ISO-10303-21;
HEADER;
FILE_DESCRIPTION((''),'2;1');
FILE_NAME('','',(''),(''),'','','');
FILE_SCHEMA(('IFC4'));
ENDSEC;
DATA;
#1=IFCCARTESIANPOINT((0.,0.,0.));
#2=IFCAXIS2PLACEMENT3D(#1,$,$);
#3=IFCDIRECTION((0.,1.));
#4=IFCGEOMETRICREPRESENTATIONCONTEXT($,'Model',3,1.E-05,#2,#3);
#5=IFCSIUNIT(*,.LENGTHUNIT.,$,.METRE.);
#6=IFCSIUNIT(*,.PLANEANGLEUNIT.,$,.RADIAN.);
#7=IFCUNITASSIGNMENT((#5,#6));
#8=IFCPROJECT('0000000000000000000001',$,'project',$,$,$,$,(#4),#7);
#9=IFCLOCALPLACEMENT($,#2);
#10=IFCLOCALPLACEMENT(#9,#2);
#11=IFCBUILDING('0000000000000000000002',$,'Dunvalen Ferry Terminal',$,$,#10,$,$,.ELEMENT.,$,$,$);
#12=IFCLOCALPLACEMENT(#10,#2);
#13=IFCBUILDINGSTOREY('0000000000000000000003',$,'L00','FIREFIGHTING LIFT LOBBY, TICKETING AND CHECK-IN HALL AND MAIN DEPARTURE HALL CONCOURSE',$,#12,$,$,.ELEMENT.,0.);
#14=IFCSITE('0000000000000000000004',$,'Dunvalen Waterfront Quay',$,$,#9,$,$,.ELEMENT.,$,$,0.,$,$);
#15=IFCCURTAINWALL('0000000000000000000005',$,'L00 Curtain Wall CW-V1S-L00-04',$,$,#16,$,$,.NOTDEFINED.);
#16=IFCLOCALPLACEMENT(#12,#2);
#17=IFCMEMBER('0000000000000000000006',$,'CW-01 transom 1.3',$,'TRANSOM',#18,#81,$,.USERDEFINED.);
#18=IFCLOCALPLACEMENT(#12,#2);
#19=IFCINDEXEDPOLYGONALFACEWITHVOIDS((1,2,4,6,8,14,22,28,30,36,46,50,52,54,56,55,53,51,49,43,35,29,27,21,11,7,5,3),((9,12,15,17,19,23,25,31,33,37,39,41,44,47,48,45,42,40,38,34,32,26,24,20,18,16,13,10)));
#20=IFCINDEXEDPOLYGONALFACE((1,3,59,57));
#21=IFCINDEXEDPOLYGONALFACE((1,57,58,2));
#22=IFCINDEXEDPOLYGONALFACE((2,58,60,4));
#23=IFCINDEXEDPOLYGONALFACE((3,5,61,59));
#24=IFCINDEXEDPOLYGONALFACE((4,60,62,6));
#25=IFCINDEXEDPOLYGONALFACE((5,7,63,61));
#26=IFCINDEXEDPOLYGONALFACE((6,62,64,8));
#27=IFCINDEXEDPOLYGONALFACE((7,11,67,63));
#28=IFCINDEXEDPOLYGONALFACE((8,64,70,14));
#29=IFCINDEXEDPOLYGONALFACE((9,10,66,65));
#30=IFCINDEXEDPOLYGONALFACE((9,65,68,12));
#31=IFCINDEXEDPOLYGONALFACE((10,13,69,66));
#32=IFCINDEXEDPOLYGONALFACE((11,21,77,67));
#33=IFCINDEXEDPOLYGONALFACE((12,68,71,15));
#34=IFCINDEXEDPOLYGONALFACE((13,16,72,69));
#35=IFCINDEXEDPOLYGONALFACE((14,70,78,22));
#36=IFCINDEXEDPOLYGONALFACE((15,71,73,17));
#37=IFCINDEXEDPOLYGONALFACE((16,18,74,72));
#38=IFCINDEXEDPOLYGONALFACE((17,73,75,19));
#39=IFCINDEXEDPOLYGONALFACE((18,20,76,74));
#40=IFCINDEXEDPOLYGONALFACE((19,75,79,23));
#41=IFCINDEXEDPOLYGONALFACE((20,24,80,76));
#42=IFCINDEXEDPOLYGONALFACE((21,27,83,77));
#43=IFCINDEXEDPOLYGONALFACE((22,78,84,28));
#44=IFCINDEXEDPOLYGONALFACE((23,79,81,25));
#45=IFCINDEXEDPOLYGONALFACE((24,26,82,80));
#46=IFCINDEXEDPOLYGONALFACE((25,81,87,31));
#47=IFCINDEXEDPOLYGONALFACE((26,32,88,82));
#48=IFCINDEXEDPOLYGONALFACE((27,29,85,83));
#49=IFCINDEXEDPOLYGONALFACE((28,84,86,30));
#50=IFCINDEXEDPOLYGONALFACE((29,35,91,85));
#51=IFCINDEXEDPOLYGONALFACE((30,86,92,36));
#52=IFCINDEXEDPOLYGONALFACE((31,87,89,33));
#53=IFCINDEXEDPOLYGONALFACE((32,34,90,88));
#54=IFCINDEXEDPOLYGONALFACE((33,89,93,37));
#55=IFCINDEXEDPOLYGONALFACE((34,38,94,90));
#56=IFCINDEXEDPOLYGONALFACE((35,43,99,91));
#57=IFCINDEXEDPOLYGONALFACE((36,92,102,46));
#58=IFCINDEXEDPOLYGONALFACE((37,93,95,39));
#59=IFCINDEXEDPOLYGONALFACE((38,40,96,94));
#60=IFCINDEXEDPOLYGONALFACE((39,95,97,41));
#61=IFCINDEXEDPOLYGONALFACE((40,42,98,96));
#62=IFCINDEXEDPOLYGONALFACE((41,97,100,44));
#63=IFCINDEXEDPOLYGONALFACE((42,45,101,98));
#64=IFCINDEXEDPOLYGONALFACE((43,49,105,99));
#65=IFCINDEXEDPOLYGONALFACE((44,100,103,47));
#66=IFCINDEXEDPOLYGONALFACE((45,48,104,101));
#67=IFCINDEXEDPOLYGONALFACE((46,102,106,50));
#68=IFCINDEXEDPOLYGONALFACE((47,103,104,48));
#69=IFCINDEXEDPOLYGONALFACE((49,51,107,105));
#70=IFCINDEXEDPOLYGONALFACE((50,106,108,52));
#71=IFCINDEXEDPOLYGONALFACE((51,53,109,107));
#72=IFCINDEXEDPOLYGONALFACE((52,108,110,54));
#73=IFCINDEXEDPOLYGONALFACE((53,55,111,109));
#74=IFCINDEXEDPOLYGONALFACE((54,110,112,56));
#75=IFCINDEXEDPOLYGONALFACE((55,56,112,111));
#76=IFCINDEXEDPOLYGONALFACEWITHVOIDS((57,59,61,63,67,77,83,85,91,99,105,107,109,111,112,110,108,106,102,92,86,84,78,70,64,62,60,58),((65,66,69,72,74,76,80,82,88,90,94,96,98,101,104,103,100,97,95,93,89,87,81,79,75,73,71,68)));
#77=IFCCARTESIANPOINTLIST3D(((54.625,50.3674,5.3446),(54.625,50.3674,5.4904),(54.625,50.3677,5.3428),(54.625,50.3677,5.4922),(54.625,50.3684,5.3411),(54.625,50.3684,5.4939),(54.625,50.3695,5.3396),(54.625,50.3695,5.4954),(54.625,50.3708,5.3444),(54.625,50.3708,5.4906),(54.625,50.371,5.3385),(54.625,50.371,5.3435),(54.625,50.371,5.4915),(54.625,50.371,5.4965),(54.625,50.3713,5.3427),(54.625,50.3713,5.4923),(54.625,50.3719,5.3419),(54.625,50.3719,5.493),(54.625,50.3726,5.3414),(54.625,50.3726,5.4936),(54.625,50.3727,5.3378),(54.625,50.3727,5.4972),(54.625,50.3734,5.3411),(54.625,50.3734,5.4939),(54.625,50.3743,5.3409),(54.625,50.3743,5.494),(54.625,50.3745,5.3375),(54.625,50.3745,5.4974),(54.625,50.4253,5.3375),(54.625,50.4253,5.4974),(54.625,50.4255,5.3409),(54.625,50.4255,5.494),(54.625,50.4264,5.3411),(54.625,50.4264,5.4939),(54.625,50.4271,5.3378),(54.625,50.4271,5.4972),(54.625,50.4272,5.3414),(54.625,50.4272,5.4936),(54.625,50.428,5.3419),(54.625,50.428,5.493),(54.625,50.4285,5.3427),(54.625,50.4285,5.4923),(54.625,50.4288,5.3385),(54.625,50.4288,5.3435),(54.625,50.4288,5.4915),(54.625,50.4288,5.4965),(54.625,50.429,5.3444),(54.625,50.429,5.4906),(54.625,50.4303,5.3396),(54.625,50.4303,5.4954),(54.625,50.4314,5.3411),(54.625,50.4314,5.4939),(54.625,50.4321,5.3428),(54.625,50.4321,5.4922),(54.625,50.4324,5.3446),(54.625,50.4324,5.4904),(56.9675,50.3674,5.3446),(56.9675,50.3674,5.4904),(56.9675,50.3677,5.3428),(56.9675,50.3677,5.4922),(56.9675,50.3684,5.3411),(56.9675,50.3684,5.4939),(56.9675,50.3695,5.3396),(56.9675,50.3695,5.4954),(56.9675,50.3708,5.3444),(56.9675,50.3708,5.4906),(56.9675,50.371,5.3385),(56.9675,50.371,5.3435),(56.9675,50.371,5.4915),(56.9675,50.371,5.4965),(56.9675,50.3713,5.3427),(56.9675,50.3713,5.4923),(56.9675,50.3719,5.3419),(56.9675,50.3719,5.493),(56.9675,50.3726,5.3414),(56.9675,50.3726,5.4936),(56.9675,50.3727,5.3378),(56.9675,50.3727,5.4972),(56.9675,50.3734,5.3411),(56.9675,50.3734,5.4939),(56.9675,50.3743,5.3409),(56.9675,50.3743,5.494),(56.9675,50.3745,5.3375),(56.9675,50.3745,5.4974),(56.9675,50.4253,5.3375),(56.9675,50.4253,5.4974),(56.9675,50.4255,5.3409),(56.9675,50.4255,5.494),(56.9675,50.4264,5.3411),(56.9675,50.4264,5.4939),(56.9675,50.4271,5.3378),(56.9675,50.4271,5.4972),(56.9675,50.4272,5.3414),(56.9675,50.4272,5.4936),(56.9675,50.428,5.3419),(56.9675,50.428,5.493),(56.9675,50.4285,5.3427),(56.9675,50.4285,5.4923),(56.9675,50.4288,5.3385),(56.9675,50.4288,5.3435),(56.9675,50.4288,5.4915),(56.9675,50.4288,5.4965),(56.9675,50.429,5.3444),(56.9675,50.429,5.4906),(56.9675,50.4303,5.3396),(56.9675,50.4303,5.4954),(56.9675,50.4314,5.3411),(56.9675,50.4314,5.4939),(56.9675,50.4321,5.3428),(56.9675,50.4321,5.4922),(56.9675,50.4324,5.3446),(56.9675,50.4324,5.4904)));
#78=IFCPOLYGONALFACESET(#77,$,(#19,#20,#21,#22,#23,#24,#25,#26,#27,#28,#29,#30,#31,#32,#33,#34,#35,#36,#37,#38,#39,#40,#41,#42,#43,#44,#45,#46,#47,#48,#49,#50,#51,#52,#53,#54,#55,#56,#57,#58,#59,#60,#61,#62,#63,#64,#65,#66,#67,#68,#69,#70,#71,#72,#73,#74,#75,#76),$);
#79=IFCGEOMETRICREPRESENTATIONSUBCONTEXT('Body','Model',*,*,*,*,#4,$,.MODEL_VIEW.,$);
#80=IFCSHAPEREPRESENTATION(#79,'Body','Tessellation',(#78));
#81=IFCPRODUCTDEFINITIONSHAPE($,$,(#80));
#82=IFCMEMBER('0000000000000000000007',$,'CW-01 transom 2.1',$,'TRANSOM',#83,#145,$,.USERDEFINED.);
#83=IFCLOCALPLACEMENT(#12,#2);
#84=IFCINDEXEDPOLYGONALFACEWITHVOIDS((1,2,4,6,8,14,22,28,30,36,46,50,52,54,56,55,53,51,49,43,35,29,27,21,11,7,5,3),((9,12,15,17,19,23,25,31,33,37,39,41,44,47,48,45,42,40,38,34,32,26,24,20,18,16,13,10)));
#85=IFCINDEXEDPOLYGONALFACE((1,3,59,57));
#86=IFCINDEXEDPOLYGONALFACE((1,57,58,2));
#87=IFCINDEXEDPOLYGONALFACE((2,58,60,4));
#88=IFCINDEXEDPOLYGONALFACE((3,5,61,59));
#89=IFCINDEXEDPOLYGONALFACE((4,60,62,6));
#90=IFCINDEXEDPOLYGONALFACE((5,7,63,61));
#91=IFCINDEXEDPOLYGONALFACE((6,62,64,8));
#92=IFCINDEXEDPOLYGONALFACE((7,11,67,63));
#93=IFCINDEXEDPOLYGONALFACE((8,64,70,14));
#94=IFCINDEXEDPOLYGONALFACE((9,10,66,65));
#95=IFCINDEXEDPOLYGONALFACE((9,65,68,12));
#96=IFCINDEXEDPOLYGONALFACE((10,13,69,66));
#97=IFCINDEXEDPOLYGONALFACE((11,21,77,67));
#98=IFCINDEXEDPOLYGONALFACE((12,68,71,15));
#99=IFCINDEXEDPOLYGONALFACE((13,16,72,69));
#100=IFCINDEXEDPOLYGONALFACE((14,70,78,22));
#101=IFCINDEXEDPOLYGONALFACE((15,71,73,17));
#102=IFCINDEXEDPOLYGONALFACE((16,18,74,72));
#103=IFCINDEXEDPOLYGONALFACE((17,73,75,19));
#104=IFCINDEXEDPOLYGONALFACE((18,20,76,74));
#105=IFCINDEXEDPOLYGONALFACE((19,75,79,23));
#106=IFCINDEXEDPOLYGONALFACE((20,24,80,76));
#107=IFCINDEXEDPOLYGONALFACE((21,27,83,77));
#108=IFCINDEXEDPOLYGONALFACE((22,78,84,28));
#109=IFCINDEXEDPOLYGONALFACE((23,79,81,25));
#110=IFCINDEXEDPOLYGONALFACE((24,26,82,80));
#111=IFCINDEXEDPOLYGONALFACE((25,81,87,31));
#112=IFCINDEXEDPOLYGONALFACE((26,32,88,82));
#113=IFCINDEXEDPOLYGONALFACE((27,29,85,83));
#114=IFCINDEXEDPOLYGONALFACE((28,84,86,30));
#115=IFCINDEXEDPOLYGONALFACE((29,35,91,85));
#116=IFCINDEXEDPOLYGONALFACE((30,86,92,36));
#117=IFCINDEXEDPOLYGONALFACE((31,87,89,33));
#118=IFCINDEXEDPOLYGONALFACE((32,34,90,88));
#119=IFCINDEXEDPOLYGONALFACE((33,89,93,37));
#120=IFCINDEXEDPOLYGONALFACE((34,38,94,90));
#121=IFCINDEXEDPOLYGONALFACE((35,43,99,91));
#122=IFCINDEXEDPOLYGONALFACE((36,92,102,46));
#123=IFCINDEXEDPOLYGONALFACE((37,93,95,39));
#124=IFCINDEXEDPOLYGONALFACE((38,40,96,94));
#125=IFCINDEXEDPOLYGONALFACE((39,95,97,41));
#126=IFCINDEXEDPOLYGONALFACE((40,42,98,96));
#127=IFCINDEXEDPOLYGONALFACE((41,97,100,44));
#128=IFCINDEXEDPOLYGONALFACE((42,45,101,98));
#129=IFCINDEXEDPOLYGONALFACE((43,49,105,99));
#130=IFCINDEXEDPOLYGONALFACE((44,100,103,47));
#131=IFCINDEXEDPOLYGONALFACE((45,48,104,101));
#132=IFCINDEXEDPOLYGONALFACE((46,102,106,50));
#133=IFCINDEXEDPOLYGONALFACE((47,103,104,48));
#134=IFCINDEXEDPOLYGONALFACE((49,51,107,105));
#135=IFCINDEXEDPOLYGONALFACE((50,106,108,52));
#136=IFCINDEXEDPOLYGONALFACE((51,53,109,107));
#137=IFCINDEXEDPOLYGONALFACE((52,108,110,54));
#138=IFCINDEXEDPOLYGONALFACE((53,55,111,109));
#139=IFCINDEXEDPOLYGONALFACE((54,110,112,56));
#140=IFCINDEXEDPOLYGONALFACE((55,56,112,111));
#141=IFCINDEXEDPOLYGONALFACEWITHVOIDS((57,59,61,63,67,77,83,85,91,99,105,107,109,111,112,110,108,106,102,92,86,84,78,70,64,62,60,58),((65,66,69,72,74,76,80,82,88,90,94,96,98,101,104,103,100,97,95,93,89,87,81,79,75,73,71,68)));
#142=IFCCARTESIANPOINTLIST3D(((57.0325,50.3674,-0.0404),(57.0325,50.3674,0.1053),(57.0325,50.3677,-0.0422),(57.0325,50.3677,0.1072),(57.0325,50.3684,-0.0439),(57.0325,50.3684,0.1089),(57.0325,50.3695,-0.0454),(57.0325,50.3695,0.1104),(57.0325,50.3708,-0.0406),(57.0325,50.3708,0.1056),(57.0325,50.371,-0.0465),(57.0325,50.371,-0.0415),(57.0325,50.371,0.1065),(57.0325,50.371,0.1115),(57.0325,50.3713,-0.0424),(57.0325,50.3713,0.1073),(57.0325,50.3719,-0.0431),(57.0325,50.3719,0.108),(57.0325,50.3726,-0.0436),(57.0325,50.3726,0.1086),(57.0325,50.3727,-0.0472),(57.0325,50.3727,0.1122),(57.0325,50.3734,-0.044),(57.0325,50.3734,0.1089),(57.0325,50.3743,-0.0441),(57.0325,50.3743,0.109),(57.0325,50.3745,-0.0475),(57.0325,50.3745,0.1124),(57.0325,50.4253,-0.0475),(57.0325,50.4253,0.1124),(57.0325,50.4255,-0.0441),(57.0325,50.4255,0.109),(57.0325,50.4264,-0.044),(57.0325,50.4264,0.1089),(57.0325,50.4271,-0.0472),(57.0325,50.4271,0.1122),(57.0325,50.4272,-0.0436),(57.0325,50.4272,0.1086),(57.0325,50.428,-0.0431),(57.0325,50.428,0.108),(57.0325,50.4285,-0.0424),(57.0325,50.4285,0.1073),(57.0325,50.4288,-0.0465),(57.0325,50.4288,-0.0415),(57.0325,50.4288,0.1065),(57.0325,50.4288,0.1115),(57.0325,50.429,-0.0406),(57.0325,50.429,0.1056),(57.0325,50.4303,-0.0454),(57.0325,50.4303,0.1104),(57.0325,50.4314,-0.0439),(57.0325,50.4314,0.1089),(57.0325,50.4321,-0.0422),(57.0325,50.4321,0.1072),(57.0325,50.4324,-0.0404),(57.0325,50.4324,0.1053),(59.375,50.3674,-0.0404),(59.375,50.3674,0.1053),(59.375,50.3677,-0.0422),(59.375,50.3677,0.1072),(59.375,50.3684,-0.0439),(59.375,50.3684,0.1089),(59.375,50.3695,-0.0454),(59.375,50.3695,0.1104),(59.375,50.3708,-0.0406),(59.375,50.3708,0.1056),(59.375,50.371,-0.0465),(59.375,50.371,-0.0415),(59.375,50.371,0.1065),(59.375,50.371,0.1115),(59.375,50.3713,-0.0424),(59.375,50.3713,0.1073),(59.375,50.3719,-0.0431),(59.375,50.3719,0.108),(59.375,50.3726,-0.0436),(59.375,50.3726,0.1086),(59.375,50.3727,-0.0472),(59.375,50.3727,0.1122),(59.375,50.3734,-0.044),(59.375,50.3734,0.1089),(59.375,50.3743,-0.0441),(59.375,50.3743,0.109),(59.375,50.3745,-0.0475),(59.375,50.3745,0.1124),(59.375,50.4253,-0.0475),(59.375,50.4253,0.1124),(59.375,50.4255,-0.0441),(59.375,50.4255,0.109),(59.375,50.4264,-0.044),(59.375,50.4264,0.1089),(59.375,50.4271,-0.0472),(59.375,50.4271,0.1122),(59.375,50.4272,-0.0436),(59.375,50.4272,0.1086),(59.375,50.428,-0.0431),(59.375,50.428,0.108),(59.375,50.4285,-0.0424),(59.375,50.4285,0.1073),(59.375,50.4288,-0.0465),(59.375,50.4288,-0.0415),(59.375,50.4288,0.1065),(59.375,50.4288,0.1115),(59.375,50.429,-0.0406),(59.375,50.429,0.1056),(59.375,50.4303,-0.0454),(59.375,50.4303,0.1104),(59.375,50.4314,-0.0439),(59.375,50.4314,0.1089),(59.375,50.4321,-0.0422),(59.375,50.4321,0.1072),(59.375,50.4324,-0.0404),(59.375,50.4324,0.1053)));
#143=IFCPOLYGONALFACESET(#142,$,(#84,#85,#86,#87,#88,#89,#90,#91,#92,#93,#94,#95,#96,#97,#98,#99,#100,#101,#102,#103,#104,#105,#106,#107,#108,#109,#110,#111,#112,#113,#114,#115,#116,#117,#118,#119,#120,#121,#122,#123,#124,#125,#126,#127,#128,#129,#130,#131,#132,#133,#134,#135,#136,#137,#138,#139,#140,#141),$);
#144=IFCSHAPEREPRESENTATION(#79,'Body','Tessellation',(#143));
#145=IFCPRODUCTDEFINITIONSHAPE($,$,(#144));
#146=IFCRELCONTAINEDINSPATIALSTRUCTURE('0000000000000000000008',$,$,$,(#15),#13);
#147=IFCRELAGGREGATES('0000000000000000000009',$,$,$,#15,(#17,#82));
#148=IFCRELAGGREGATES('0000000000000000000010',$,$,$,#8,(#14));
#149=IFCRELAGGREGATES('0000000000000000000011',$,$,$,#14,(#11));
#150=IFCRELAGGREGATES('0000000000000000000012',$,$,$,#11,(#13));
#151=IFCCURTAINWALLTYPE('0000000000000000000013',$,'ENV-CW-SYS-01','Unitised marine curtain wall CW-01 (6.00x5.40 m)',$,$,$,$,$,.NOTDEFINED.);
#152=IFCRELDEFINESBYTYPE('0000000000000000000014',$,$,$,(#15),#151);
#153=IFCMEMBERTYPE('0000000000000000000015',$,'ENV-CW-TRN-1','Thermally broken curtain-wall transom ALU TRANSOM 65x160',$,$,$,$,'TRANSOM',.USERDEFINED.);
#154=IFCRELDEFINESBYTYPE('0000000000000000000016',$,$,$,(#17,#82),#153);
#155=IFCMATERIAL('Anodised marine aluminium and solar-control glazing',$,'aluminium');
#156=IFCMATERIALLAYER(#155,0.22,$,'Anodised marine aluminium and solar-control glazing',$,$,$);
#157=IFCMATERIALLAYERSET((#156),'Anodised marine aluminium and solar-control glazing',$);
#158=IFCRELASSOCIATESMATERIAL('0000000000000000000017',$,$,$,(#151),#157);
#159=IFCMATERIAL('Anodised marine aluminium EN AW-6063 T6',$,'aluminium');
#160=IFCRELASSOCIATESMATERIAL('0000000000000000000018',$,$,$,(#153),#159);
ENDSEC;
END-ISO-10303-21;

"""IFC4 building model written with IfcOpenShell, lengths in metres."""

from ifc_helpers import new_model, si_unit, direction, frame, origin, origin_2d, place, context, subcontext, project, spatial, hollow_rectangle, extrude, material, layer, layer_set, material_profile, profile_set, type_object, element, aggregate, save


model = new_model("IFC4")

# Units and contexts
model_context = context("Model", 3, precision=1e-05, world=origin(), true_north=direction((0.0, 1.0)))
body_context = subcontext(model_context, "Body", "Model", "MODEL_VIEW")
ifc_project = project(units=[si_unit("LENGTHUNIT", "METRE"), si_unit("PLANEANGLEUNIT", "RADIAN")], contexts=[model_context])

# Site, building, storey
site_placement = place(None, origin())
site = spatial("IfcSite", under=ifc_project, at=site_placement, Name="Dunvalen Waterfront Quay", CompositionType="ELEMENT", RefElevation=0.0)
building_placement = place(site_placement, origin())
building = spatial("IfcBuilding", under=site, at=building_placement, Name="Dunvalen Ferry Terminal", CompositionType="ELEMENT")
storey_placement = place(building_placement, origin())
storey = spatial("IfcBuildingStorey", under=building, at=storey_placement, Name="L00", Description="FIREFIGHTING LIFT LOBBY, TICKETING AND CHECK-IN HALL AND MAIN DEPARTURE HALL CONCOURSE", CompositionType="ELEMENT", Elevation=0.0)

# Curtain wall, members
ifc_material_1 = material(Name="Anodised marine aluminium and solar-control glazing", Category="aluminium")
ifc_layer_1 = layer(ifc_material_1, 0.22, Name="Anodised marine aluminium and solar-control glazing")
ifc_layer_set_1 = layer_set([ifc_layer_1], Name="Anodised marine aluminium and solar-control glazing")
curtain_wall_type = type_object("IfcCurtainWallType", Name="ENV-CW-SYS-01", Description="Unitised marine curtain wall CW-01 (6.00x5.40 m)", PredefinedType="NOTDEFINED", material=ifc_layer_set_1)
curtain_wall_placement = place(storey_placement, origin())
curtain_wall = element("IfcCurtainWall", 1, at=curtain_wall_placement, inside=storey, type_object=curtain_wall_type, Name="L00 Curtain Wall CW-V1S-L00-04", PredefinedType="NOTDEFINED")
ifc_material_2 = material(Name="Anodised marine aluminium EN AW-6063 T6", Category="aluminium")
ifc_material_profile_1 = material_profile(ifc_material_2, hollow_rectangle(XDim=0.0649, YDim=0.1599, WallThickness=0.0034, InnerFilletRadius=0.0034, OuterFilletRadius=0.0071, at=origin_2d()), Name="Anodised marine aluminium EN AW-6063 T6")
ifc_profile_set_1 = profile_set([ifc_material_profile_1], Name="Anodised marine aluminium EN AW-6063 T6")
member_type_1 = type_object("IfcMemberType", Name="ENV-CW-TRN-1", Description="Thermally broken curtain-wall transom ALU TRANSOM 65x160", ElementType="TRANSOM", PredefinedType="USERDEFINED", material=ifc_profile_set_1)
member_1_placement = place(storey_placement, frame((54.625, 50.3999, 5.4175), z_axis=(1.0, 0.0, 0.0), x_axis=(0.0, 1.0, 0.0)))
member_1 = element("IfcMember", 2, at=member_1_placement, type_object=member_type_1, Name="CW-01 transom 1.3", ObjectType="TRANSOM", PredefinedType="USERDEFINED", context=body_context, shape_type="SweptSolid", body=[
    extrude(hollow_rectangle(XDim=0.0649, YDim=0.1599, WallThickness=0.0034, InnerFilletRadius=0.0034, OuterFilletRadius=0.0071, at=origin_2d()), origin(), (0.0, 0.0, 1.0), 2.3425),
])
member_2_placement = place(storey_placement, frame((57.0325, 50.3999, 0.0325), z_axis=(1.0, 0.0, 0.0), x_axis=(0.0, 1.0, 0.0)))
member_2 = element("IfcMember", 3, at=member_2_placement, type_object=member_type_1, Name="CW-01 transom 2.1", ObjectType="TRANSOM", PredefinedType="USERDEFINED", context=body_context, shape_type="SweptSolid", body=[
    extrude(hollow_rectangle(XDim=0.0649, YDim=0.1599, WallThickness=0.0034, InnerFilletRadius=0.0034, OuterFilletRadius=0.0071, at=origin_2d()), origin(), (0.0, 0.0, 1.0), 2.3425),
])
aggregate(curtain_wall, [member_1, member_2])

save(model, "model.ifc")
